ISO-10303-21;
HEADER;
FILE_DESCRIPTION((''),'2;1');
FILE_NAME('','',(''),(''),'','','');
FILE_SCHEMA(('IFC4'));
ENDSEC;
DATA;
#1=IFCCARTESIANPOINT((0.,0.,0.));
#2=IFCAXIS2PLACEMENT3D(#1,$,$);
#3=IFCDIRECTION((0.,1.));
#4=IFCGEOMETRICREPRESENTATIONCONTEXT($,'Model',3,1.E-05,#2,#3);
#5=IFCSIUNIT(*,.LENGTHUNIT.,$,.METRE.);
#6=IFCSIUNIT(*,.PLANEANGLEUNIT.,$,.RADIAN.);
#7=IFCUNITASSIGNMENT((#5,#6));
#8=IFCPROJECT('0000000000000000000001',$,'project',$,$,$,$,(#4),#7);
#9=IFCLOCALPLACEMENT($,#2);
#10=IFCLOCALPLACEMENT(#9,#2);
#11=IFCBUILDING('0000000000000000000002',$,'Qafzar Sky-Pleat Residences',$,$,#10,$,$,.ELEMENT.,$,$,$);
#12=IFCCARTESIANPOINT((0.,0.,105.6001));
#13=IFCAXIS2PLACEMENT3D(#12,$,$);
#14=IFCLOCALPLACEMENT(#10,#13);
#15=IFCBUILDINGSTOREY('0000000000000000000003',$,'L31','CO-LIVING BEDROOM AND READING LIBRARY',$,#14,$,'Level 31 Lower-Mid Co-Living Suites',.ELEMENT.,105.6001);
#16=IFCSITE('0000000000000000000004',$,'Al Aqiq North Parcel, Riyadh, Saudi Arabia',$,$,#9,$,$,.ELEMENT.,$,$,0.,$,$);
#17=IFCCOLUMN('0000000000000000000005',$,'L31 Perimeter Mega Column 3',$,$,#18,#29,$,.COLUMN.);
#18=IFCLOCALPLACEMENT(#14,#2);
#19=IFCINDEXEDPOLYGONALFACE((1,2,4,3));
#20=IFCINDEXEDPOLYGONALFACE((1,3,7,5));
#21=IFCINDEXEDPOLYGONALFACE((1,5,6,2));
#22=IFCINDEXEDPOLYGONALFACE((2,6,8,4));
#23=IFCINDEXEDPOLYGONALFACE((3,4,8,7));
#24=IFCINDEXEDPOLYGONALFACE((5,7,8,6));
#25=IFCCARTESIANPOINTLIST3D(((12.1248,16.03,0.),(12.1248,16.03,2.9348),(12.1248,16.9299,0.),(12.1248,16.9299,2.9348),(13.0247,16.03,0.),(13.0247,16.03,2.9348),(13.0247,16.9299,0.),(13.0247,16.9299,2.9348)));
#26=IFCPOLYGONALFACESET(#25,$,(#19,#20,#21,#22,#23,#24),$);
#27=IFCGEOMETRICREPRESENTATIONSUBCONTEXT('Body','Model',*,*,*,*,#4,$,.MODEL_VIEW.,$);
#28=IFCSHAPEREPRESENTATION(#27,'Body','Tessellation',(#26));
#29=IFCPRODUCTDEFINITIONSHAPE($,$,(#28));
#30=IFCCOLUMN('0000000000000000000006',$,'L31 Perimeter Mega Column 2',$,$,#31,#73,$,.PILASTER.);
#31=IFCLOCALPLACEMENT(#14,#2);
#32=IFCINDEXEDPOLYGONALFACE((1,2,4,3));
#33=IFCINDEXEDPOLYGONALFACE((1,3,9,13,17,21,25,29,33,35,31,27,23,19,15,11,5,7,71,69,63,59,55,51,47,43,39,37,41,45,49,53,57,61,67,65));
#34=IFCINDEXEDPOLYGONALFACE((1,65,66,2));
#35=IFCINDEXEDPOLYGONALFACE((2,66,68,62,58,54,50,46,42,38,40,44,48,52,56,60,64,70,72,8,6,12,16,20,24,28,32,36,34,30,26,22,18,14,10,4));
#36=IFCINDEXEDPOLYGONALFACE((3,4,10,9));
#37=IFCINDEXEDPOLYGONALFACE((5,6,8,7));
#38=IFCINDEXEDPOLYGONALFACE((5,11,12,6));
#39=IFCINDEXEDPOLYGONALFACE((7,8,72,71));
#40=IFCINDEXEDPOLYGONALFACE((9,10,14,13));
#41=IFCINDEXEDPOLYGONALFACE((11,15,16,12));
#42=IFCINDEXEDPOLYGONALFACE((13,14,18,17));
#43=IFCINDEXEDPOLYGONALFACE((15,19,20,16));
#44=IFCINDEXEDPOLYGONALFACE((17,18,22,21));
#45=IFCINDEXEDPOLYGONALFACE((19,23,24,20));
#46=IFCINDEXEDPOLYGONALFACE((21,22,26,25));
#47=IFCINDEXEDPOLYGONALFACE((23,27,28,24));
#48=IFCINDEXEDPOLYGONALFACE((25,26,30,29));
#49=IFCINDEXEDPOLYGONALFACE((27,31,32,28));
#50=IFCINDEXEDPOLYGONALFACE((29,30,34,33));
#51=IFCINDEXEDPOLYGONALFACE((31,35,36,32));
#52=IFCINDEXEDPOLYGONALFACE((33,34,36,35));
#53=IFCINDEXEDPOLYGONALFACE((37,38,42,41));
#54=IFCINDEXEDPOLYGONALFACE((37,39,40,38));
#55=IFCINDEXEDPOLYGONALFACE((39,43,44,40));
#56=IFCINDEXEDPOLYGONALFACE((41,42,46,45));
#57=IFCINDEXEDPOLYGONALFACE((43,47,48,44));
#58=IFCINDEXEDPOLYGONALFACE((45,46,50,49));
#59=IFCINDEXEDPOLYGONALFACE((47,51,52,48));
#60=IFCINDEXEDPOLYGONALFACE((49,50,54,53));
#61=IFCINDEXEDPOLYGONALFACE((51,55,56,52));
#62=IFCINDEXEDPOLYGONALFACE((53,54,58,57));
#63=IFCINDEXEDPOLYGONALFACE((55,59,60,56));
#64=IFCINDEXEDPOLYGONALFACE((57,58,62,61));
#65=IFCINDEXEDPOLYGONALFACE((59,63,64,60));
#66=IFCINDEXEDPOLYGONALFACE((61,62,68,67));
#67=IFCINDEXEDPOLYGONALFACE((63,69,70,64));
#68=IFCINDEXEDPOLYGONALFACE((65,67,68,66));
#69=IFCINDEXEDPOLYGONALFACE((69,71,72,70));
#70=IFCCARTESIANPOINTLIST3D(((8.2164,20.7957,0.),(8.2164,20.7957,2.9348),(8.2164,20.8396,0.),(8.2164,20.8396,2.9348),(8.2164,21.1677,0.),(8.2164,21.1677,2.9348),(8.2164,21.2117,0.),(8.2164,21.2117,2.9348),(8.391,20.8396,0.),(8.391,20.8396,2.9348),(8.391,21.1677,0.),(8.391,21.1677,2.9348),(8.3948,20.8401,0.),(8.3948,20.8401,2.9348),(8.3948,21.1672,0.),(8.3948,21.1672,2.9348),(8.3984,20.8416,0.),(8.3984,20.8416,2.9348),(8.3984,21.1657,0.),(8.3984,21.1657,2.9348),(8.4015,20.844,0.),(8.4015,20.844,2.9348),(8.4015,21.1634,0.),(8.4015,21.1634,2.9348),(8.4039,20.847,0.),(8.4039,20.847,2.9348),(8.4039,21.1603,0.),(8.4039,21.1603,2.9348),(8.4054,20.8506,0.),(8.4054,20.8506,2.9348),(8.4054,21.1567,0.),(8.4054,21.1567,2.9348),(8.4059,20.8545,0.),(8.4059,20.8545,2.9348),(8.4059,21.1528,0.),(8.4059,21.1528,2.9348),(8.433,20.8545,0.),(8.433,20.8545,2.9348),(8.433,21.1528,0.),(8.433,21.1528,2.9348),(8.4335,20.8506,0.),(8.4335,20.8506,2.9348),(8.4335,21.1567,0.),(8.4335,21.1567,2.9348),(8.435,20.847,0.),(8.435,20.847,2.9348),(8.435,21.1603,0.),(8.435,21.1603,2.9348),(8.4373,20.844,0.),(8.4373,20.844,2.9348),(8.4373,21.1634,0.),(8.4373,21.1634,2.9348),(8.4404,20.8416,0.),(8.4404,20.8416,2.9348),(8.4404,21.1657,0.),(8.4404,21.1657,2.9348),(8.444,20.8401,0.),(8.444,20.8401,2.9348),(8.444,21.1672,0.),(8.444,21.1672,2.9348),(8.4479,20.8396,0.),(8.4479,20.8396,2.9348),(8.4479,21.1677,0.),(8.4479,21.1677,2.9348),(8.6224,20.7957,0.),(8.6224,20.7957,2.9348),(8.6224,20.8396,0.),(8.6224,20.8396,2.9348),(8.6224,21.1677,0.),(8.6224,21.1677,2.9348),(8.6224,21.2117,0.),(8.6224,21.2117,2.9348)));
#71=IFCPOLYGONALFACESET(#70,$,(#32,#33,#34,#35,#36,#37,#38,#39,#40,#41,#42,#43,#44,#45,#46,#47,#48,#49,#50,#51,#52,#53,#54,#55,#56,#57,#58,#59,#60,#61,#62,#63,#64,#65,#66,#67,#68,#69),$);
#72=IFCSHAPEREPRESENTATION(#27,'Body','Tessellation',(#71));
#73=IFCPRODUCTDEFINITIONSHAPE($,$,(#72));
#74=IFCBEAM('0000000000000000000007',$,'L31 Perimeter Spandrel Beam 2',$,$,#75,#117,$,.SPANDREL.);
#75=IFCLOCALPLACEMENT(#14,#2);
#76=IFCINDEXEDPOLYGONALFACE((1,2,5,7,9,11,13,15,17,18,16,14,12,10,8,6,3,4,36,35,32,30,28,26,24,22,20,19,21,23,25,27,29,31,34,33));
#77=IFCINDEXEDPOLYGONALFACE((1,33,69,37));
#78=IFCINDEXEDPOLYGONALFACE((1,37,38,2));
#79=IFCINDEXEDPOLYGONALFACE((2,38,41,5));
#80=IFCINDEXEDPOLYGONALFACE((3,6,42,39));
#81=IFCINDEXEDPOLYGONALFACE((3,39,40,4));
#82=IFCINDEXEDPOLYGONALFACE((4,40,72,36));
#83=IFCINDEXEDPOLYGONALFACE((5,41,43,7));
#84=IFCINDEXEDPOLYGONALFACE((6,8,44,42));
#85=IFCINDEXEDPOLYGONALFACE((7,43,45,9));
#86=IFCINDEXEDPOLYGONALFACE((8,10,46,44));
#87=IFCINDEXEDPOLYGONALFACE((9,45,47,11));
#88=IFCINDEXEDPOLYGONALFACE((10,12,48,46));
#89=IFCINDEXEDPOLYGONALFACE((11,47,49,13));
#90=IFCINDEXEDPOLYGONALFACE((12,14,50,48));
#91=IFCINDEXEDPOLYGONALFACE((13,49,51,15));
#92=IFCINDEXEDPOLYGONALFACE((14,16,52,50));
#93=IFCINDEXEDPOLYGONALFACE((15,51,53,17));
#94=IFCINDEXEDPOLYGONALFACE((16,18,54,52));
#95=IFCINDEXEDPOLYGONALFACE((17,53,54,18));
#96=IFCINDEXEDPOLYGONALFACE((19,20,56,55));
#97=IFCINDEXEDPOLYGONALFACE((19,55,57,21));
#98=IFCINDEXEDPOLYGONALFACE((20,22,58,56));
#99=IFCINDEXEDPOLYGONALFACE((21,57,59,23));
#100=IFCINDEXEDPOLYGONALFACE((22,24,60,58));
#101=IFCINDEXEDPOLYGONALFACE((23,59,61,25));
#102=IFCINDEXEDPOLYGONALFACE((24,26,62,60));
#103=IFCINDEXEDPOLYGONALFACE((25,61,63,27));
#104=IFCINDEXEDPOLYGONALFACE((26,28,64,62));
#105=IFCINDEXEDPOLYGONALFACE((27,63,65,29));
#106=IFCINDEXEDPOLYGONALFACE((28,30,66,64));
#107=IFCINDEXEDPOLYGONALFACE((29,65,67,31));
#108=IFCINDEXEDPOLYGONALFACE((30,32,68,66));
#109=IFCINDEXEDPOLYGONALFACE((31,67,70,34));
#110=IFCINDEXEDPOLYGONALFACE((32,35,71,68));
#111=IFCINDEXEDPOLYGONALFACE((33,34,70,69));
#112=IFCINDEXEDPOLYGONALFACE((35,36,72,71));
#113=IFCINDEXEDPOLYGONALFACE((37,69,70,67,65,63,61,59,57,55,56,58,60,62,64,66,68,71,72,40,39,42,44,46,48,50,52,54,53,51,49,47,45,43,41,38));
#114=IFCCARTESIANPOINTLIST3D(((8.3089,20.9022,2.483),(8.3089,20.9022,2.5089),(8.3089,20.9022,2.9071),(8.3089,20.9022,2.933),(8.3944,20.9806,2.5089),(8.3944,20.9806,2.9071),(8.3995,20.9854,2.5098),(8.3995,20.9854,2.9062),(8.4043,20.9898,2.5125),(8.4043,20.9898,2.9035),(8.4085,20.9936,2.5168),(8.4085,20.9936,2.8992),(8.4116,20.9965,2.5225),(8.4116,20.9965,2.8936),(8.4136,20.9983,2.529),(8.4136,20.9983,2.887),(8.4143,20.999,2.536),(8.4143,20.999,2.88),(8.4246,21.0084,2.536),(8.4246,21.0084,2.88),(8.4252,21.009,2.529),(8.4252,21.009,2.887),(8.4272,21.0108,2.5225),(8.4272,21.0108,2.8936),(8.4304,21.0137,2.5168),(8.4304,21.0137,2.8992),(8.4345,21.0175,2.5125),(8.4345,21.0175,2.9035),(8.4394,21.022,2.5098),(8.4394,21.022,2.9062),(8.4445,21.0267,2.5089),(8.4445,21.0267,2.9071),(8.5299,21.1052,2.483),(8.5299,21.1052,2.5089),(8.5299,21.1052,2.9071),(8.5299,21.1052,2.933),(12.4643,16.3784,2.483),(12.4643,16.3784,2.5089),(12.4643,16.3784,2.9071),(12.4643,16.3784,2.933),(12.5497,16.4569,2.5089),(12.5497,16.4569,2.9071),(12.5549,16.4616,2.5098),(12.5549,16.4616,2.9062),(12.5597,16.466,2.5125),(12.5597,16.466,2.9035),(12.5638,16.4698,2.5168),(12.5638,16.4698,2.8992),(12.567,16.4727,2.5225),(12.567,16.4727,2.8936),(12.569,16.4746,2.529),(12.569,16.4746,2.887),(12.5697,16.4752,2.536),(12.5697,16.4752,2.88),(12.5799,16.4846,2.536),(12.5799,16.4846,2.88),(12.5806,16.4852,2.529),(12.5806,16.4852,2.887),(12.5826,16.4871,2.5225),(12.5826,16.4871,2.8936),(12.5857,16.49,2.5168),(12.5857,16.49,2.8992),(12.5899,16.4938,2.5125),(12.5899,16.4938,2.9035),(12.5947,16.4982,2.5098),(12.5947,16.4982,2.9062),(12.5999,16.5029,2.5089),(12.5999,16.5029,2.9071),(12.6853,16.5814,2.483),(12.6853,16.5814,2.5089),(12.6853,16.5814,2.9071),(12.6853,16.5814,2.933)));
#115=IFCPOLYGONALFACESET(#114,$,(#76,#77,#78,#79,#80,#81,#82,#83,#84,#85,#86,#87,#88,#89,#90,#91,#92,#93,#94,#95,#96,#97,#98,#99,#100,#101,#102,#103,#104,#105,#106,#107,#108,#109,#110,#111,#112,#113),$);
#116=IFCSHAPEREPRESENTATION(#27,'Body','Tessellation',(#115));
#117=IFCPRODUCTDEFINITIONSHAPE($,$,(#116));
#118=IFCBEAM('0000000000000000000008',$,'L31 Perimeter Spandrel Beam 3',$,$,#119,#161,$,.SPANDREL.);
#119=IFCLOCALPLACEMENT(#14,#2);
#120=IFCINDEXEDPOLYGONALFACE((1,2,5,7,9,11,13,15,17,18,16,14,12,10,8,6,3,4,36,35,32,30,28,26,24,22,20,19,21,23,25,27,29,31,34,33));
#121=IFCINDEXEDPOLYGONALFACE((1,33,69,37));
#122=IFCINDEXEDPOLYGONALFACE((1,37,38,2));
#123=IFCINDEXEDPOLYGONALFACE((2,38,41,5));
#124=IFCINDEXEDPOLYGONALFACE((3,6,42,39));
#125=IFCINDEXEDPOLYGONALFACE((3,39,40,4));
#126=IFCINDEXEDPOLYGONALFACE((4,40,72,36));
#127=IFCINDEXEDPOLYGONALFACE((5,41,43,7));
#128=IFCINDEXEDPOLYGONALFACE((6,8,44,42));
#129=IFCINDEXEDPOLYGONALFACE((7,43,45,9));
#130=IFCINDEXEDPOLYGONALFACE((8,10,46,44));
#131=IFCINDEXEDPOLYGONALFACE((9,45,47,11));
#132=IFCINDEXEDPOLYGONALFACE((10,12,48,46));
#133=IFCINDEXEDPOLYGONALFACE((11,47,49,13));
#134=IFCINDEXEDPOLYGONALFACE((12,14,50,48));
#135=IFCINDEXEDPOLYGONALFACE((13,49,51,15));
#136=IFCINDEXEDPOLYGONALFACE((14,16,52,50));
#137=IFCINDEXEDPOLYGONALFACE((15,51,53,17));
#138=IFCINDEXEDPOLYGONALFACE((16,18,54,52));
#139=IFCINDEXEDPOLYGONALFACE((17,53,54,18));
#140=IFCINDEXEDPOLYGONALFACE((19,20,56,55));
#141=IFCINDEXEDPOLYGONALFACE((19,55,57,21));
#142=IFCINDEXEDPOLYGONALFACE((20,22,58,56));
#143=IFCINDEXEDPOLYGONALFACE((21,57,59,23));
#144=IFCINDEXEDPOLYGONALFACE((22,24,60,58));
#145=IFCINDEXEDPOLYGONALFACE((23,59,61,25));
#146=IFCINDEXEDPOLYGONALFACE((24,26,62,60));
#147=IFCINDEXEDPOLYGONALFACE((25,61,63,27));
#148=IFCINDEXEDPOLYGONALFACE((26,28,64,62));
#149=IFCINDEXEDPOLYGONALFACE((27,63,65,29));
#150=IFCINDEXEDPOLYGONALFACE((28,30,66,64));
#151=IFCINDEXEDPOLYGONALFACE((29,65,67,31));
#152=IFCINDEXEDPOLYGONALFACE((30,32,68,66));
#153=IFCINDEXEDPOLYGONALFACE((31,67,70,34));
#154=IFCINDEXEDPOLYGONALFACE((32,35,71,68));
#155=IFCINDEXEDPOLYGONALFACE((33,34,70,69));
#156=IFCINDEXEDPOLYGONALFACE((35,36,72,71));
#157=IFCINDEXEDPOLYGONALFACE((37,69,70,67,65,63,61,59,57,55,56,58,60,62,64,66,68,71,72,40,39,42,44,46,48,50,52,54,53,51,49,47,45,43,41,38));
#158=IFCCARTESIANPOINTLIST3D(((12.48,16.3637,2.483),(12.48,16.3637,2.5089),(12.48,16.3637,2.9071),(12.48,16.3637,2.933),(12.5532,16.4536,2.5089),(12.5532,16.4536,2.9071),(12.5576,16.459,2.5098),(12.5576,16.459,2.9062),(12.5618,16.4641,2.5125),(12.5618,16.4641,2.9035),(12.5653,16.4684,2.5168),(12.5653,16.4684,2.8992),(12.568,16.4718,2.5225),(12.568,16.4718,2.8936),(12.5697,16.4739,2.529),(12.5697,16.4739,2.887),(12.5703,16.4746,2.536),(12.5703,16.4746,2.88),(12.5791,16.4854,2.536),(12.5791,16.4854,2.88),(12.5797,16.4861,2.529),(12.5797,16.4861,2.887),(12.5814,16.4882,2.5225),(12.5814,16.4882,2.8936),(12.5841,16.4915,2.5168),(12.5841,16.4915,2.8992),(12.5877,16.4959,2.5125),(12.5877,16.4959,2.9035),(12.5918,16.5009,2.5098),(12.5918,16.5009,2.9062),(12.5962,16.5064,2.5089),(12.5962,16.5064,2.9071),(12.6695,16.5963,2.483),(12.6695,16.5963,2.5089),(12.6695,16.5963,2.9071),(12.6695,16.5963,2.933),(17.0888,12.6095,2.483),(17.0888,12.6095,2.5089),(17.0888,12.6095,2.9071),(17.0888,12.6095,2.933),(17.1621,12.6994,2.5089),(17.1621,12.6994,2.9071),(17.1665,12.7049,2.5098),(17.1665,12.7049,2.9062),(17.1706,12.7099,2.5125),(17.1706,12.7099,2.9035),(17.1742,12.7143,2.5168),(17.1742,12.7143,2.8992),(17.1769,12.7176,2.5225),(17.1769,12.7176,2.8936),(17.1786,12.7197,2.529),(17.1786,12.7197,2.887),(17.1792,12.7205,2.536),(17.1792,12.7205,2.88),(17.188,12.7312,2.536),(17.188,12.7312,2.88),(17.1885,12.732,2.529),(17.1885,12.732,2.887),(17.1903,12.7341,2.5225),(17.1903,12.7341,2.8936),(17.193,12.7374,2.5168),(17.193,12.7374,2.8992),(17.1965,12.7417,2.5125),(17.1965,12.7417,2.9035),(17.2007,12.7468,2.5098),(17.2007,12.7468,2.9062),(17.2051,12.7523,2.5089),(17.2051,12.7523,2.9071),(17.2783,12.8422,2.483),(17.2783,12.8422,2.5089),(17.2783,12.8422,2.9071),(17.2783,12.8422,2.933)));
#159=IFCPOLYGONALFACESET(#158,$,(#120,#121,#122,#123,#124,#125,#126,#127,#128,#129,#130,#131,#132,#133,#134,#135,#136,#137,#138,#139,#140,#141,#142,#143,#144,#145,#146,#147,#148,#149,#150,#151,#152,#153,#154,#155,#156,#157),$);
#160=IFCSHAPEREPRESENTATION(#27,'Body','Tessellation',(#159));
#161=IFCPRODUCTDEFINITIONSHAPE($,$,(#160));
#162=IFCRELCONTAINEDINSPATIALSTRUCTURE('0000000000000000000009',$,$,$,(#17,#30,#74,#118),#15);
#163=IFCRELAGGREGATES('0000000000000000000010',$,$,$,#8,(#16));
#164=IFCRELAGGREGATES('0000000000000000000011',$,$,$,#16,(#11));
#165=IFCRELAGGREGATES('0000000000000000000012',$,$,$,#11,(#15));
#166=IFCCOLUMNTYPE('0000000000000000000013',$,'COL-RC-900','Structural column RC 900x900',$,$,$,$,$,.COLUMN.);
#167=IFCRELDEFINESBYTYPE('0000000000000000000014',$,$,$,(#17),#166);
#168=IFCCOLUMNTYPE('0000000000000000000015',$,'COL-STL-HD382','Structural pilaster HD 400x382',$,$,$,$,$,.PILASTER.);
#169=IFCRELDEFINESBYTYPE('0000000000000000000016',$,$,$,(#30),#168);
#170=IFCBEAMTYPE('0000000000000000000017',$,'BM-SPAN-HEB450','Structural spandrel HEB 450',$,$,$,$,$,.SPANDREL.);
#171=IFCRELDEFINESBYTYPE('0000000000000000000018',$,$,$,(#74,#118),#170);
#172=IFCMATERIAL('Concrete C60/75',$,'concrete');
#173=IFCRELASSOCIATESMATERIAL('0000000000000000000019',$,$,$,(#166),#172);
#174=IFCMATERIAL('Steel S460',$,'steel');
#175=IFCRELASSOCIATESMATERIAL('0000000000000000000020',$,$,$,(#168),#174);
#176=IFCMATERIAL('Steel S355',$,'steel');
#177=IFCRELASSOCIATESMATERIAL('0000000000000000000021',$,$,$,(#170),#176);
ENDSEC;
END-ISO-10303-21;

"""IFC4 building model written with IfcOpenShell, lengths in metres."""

from ifc_helpers import new_model, si_unit, direction, frame, origin, origin_2d, place, context, subcontext, project, spatial, rectangle, i_section, extrude, source, transform, mapped, material, material_profile, profile_set, type_object, element, save


model = new_model("IFC4")

# Units and contexts
model_context = context("Model", 3, precision=1e-05, world=origin(), true_north=direction((0.0, 1.0)))
body_context = subcontext(model_context, "Body", "Model", "MODEL_VIEW")
ifc_project = project(units=[si_unit("LENGTHUNIT", "METRE"), si_unit("PLANEANGLEUNIT", "RADIAN")], contexts=[model_context])

# Site, building, storey
site_placement = place(None, origin())
site = spatial("IfcSite", under=ifc_project, at=site_placement, Name="Al Aqiq North Parcel, Riyadh, Saudi Arabia", CompositionType="ELEMENT", RefElevation=0.0)
building_placement = place(site_placement, origin())
building = spatial("IfcBuilding", under=site, at=building_placement, Name="Qafzar Sky-Pleat Residences", CompositionType="ELEMENT")
storey_placement = place(building_placement, frame((0.0, 0.0, 105.6001)))
storey = spatial("IfcBuildingStorey", under=building, at=storey_placement, Name="L31", Description="CO-LIVING BEDROOM AND READING LIBRARY", LongName="Level 31 Lower-Mid Co-Living Suites", CompositionType="ELEMENT", Elevation=105.6001)

# Columns
ifc_material_1 = material(Name="Concrete C60/75", Category="concrete")
ifc_material_profile_1 = material_profile(ifc_material_1, rectangle(XDim=0.8999, YDim=0.8999, at=origin_2d()), Name="RC 900x900")
ifc_profile_set_1 = profile_set([ifc_material_profile_1], Name="Concrete C60/75")
column_type_1 = type_object("IfcColumnType", Name="COL-RC-900", Description="Structural column RC 900x900", PredefinedType="COLUMN", material=ifc_profile_set_1)
shared_shape_1 = source(origin(), body_context, "Body", "SweptSolid", [
    extrude(rectangle(XDim=0.8999, YDim=0.8999, at=origin_2d()), origin(), (0.0, 0.0, 1.0), 2.9348),
])
column_1_placement = place(storey_placement, frame((12.5747, 16.48, 0.0), z_axis=(0.0, 0.0, 1.0), x_axis=(1.0, 0.0, 0.0)))
element("IfcColumn", 1, at=column_1_placement, inside=storey, type_object=column_type_1, Name="L31 Perimeter Mega Column 3", PredefinedType="COLUMN", context=body_context, shape_type="MappedRepresentation", body=[
    mapped(shared_shape_1, transform((0.0, 0.0, 0.0), x_axis=(1.0, 0.0, 0.0), y_axis=(0.0, 1.0, 0.0), z_axis=(0.0, 0.0, 1.0), scale=1.0)),
])
ifc_material_2 = material(Name="Steel S460", Category="steel")
ifc_material_profile_2 = material_profile(ifc_material_2, i_section(OverallWidth=0.406, OverallDepth=0.416, WebThickness=0.0271, FlangeThickness=0.0439, FilletRadius=0.0149, at=origin_2d()), Name="HD 400x382")
ifc_profile_set_2 = profile_set([ifc_material_profile_2], Name="Steel S460")
column_type_2 = type_object("IfcColumnType", Name="COL-STL-HD382", Description="Structural pilaster HD 400x382", PredefinedType="PILASTER", material=ifc_profile_set_2)
shared_shape_2 = source(origin(), body_context, "Body", "SweptSolid", [
    extrude(i_section(OverallWidth=0.406, OverallDepth=0.416, WebThickness=0.0271, FlangeThickness=0.0439, FilletRadius=0.0149, at=origin_2d()), origin(), (0.0, 0.0, 1.0), 2.9348),
])
column_2_placement = place(storey_placement, frame((8.4194, 21.0037, 0.0), z_axis=(0.0, 0.0, 1.0), x_axis=(1.0, 0.0, 0.0)))
element("IfcColumn", 2, at=column_2_placement, inside=storey, type_object=column_type_2, Name="L31 Perimeter Mega Column 2", PredefinedType="PILASTER", context=body_context, shape_type="MappedRepresentation", body=[
    mapped(shared_shape_2, transform((0.0, 0.0, 0.0), x_axis=(1.0, 0.0, 0.0), y_axis=(0.0, 1.0, 0.0), z_axis=(0.0, 0.0, 1.0), scale=1.0)),
])

# Beams
ifc_material_3 = material(Name="Steel S355", Category="steel")
ifc_material_profile_3 = material_profile(ifc_material_3, i_section(OverallWidth=0.3, OverallDepth=0.45, WebThickness=0.0139, FlangeThickness=0.0259, FilletRadius=0.0271, at=origin_2d()), Name="HEB 450")
ifc_profile_set_3 = profile_set([ifc_material_profile_3], Name="Steel S355")
beam_type_1 = type_object("IfcBeamType", Name="BM-SPAN-HEB450", Description="Structural spandrel HEB 450", PredefinedType="SPANDREL", material=ifc_profile_set_3)
shared_shape_3 = source(origin(), body_context, "Body", "SweptSolid", [
    extrude(i_section(OverallWidth=0.3, OverallDepth=0.45, WebThickness=0.0139, FlangeThickness=0.0259, FilletRadius=0.0271, at=origin_2d()), origin(), (0.0, 0.0, 1.0), 6.1426),
])
beam_1_placement = place(storey_placement, frame((8.4194, 21.0037, 2.708), z_axis=(0.676482, -0.736459, 0.0), x_axis=(0.736459, 0.676482, 0.0)))
element("IfcBeam", 3, at=beam_1_placement, inside=storey, type_object=beam_type_1, Name="L31 Perimeter Spandrel Beam 2", PredefinedType="SPANDREL", context=body_context, shape_type="MappedRepresentation", body=[
    mapped(shared_shape_3, transform((0.0, 0.0, 0.0), x_axis=(1.0, 0.0, 0.0), y_axis=(0.0, 1.0, 0.0), z_axis=(0.0, 0.0, 1.0), scale=1.0)),
])
shared_shape_4 = source(origin(), body_context, "Body", "SweptSolid", [
    extrude(i_section(OverallWidth=0.3, OverallDepth=0.45, WebThickness=0.0139, FlangeThickness=0.0259, FilletRadius=0.0271, at=origin_2d()), origin(), (0.0, 0.0, 1.0), 5.9443),
])
beam_2_placement = place(storey_placement, frame((12.5747, 16.48, 2.708), z_axis=(0.775337, -0.631548, 0.0), x_axis=(0.631548, 0.775337, 0.0)))
element("IfcBeam", 4, at=beam_2_placement, inside=storey, type_object=beam_type_1, Name="L31 Perimeter Spandrel Beam 3", PredefinedType="SPANDREL", context=body_context, shape_type="MappedRepresentation", body=[
    mapped(shared_shape_4, transform((0.0, 0.0, 0.0), x_axis=(1.0, 0.0, 0.0), y_axis=(0.0, 1.0, 0.0), z_axis=(0.0, 0.0, 1.0), scale=1.0)),
])

save(model, "model.ifc")
